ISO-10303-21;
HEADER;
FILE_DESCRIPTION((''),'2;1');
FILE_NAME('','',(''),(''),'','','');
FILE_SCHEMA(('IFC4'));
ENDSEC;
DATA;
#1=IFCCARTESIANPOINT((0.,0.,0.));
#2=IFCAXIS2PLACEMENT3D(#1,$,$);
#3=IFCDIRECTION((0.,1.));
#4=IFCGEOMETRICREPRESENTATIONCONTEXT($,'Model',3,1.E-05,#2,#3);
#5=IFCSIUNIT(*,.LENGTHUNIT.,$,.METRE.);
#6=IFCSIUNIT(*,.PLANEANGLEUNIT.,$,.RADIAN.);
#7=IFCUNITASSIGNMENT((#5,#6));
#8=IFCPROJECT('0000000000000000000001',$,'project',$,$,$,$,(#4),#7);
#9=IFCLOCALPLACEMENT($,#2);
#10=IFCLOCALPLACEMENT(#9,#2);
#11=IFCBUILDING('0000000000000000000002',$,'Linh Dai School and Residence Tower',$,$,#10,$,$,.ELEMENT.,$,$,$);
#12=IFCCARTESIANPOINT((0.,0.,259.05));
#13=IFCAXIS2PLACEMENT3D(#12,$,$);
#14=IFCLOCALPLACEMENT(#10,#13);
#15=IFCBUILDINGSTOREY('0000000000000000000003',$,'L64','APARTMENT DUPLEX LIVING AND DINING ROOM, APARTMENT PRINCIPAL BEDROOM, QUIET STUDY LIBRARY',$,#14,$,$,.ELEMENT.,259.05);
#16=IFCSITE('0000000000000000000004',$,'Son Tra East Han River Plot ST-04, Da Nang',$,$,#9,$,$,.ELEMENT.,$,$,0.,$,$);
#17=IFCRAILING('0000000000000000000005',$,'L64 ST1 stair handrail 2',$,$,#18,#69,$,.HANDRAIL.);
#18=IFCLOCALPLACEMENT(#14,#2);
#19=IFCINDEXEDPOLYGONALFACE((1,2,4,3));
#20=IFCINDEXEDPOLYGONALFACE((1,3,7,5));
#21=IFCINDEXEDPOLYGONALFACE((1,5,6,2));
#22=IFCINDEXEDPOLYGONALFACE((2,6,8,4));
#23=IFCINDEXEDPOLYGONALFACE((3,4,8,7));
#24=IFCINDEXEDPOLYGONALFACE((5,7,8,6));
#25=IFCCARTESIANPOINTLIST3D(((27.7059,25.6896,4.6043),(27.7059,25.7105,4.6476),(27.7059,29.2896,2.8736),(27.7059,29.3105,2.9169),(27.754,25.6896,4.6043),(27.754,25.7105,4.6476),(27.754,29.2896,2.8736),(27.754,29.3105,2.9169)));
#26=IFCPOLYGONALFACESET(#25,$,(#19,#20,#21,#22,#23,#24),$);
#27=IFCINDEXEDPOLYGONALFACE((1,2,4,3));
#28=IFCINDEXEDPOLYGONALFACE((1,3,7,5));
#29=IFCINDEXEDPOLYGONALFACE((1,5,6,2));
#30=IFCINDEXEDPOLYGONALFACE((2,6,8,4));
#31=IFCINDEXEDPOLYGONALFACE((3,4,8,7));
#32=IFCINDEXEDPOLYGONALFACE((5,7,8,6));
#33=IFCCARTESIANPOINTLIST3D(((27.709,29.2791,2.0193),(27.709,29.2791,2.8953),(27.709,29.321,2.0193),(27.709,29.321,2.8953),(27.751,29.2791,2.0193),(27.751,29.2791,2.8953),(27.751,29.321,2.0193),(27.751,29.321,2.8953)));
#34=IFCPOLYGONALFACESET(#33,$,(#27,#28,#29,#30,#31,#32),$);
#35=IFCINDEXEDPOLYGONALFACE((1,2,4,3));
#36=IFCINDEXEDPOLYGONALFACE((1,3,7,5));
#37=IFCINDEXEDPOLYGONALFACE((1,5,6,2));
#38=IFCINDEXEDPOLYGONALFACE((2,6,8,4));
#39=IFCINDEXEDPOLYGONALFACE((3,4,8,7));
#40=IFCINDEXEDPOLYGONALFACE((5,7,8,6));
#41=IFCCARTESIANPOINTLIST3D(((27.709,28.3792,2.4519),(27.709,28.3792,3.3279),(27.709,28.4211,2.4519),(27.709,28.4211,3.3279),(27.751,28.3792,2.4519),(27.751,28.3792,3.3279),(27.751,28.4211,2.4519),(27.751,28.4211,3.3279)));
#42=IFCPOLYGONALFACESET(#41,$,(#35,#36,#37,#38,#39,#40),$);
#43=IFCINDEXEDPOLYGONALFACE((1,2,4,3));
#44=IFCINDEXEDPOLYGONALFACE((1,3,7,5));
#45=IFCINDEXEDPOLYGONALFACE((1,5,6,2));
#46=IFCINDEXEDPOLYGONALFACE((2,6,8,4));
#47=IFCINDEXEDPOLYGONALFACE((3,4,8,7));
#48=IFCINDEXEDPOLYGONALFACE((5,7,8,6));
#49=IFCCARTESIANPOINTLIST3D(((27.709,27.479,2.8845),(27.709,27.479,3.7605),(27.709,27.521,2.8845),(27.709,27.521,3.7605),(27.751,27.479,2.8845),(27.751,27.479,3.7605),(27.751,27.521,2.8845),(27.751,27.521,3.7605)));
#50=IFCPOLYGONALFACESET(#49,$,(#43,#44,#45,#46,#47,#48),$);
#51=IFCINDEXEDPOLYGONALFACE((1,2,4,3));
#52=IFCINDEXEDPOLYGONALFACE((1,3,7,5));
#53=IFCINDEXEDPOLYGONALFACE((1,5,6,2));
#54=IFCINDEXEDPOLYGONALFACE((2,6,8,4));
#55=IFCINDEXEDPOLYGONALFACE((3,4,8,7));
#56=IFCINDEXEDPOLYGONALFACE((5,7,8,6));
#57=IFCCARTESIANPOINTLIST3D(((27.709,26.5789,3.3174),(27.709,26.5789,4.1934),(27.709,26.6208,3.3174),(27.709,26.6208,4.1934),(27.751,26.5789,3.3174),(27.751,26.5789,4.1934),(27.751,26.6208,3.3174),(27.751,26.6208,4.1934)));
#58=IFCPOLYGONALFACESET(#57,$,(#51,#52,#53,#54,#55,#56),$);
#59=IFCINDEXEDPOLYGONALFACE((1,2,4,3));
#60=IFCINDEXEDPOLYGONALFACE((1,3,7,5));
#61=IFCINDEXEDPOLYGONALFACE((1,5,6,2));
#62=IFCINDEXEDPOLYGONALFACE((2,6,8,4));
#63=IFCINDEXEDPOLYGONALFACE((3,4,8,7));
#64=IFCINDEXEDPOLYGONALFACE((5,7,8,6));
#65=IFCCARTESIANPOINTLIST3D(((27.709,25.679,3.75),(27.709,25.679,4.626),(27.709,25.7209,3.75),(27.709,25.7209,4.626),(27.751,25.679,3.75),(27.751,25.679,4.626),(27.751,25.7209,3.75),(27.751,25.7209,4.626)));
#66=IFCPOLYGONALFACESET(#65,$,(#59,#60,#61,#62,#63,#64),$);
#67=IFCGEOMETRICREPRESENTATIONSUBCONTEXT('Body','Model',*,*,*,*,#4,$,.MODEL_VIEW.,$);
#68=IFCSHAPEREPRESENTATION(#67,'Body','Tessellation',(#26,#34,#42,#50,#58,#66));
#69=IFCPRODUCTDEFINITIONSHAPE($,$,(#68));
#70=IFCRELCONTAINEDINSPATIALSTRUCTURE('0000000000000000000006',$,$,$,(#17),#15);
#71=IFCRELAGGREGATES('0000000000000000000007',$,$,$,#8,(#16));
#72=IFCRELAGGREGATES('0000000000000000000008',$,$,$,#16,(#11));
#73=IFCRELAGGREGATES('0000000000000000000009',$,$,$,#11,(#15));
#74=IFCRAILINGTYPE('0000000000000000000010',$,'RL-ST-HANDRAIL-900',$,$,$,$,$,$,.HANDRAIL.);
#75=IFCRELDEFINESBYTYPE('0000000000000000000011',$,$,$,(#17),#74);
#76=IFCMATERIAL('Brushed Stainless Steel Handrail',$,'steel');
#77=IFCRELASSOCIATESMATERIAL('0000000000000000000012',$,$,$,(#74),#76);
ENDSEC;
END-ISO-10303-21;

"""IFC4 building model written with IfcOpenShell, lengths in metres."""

from ifc_helpers import new_model, si_unit, direction, frame, origin, origin_2d, place, context, subcontext, project, spatial, rectangle, extrude, source, transform, mapped, material, type_object, element, save


model = new_model("IFC4")

# Units and contexts
model_context = context("Model", 3, precision=1e-05, world=origin(), true_north=direction((0.0, 1.0)))
body_context = subcontext(model_context, "Body", "Model", "MODEL_VIEW")
ifc_project = project(units=[si_unit("LENGTHUNIT", "METRE"), si_unit("PLANEANGLEUNIT", "RADIAN")], contexts=[model_context])

# Site, building, storey
site_placement = place(None, origin())
site = spatial("IfcSite", under=ifc_project, at=site_placement, Name="Son Tra East Han River Plot ST-04, Da Nang", CompositionType="ELEMENT", RefElevation=0.0)
building_placement = place(site_placement, origin())
building = spatial("IfcBuilding", under=site, at=building_placement, Name="Linh Dai School and Residence Tower", CompositionType="ELEMENT")
storey_placement = place(building_placement, frame((0.0, 0.0, 259.05)))
storey = spatial("IfcBuildingStorey", under=building, at=storey_placement, Name="L64", Description="APARTMENT DUPLEX LIVING AND DINING ROOM, APARTMENT PRINCIPAL BEDROOM, QUIET STUDY LIBRARY", CompositionType="ELEMENT", Elevation=259.05)

# Railing
ifc_material_1 = material(Name="Brushed Stainless Steel Handrail", Category="steel")
railing_type_1 = type_object("IfcRailingType", Name="RL-ST-HANDRAIL-900", PredefinedType="HANDRAIL", material=ifc_material_1)
shared_shape_1 = source(origin(), body_context, "Body", "SweptSolid", [
    extrude(rectangle(XDim=0.0481, YDim=0.0481, at=origin_2d()), frame((0.0, 0.0, 0.876), z_axis=(0.0, -0.901263, 0.433273), x_axis=(1.0, 0.0, 0.0)), (0.0, 0.0, 1.0), 3.9944),
    extrude(rectangle(XDim=0.042, YDim=0.042, at=origin_2d()), origin(), (0.0, 0.0, 1.0), 0.876),
    extrude(rectangle(XDim=0.042, YDim=0.042, at=origin_2d()), frame((0.0, -0.8999, 0.4326)), (0.0, 0.0, 1.0), 0.876),
    extrude(rectangle(XDim=0.042, YDim=0.042, at=origin_2d()), frame((0.0, -1.8, 0.8652)), (0.0, 0.0, 1.0), 0.876),
    extrude(rectangle(XDim=0.042, YDim=0.042, at=origin_2d()), frame((0.0, -2.7002, 1.2981)), (0.0, 0.0, 1.0), 0.876),
    extrude(rectangle(XDim=0.042, YDim=0.042, at=origin_2d()), frame((0.0, -3.6001, 1.7307)), (0.0, 0.0, 1.0), 0.876),
])
railing_1_placement = place(storey_placement, frame((27.73, 29.3, 2.0193)))
element("IfcRailing", 1, at=railing_1_placement, inside=storey, type_object=railing_type_1, Name="L64 ST1 stair handrail 2", PredefinedType="HANDRAIL", context=body_context, shape_type="MappedRepresentation", body=[
    mapped(shared_shape_1, transform((0.0, 0.0, 0.0), x_axis=(1.0, 0.0, 0.0), y_axis=(0.0, 1.0, 0.0), z_axis=(0.0, 0.0, 1.0), scale=1.0)),
])

save(model, "model.ifc")
